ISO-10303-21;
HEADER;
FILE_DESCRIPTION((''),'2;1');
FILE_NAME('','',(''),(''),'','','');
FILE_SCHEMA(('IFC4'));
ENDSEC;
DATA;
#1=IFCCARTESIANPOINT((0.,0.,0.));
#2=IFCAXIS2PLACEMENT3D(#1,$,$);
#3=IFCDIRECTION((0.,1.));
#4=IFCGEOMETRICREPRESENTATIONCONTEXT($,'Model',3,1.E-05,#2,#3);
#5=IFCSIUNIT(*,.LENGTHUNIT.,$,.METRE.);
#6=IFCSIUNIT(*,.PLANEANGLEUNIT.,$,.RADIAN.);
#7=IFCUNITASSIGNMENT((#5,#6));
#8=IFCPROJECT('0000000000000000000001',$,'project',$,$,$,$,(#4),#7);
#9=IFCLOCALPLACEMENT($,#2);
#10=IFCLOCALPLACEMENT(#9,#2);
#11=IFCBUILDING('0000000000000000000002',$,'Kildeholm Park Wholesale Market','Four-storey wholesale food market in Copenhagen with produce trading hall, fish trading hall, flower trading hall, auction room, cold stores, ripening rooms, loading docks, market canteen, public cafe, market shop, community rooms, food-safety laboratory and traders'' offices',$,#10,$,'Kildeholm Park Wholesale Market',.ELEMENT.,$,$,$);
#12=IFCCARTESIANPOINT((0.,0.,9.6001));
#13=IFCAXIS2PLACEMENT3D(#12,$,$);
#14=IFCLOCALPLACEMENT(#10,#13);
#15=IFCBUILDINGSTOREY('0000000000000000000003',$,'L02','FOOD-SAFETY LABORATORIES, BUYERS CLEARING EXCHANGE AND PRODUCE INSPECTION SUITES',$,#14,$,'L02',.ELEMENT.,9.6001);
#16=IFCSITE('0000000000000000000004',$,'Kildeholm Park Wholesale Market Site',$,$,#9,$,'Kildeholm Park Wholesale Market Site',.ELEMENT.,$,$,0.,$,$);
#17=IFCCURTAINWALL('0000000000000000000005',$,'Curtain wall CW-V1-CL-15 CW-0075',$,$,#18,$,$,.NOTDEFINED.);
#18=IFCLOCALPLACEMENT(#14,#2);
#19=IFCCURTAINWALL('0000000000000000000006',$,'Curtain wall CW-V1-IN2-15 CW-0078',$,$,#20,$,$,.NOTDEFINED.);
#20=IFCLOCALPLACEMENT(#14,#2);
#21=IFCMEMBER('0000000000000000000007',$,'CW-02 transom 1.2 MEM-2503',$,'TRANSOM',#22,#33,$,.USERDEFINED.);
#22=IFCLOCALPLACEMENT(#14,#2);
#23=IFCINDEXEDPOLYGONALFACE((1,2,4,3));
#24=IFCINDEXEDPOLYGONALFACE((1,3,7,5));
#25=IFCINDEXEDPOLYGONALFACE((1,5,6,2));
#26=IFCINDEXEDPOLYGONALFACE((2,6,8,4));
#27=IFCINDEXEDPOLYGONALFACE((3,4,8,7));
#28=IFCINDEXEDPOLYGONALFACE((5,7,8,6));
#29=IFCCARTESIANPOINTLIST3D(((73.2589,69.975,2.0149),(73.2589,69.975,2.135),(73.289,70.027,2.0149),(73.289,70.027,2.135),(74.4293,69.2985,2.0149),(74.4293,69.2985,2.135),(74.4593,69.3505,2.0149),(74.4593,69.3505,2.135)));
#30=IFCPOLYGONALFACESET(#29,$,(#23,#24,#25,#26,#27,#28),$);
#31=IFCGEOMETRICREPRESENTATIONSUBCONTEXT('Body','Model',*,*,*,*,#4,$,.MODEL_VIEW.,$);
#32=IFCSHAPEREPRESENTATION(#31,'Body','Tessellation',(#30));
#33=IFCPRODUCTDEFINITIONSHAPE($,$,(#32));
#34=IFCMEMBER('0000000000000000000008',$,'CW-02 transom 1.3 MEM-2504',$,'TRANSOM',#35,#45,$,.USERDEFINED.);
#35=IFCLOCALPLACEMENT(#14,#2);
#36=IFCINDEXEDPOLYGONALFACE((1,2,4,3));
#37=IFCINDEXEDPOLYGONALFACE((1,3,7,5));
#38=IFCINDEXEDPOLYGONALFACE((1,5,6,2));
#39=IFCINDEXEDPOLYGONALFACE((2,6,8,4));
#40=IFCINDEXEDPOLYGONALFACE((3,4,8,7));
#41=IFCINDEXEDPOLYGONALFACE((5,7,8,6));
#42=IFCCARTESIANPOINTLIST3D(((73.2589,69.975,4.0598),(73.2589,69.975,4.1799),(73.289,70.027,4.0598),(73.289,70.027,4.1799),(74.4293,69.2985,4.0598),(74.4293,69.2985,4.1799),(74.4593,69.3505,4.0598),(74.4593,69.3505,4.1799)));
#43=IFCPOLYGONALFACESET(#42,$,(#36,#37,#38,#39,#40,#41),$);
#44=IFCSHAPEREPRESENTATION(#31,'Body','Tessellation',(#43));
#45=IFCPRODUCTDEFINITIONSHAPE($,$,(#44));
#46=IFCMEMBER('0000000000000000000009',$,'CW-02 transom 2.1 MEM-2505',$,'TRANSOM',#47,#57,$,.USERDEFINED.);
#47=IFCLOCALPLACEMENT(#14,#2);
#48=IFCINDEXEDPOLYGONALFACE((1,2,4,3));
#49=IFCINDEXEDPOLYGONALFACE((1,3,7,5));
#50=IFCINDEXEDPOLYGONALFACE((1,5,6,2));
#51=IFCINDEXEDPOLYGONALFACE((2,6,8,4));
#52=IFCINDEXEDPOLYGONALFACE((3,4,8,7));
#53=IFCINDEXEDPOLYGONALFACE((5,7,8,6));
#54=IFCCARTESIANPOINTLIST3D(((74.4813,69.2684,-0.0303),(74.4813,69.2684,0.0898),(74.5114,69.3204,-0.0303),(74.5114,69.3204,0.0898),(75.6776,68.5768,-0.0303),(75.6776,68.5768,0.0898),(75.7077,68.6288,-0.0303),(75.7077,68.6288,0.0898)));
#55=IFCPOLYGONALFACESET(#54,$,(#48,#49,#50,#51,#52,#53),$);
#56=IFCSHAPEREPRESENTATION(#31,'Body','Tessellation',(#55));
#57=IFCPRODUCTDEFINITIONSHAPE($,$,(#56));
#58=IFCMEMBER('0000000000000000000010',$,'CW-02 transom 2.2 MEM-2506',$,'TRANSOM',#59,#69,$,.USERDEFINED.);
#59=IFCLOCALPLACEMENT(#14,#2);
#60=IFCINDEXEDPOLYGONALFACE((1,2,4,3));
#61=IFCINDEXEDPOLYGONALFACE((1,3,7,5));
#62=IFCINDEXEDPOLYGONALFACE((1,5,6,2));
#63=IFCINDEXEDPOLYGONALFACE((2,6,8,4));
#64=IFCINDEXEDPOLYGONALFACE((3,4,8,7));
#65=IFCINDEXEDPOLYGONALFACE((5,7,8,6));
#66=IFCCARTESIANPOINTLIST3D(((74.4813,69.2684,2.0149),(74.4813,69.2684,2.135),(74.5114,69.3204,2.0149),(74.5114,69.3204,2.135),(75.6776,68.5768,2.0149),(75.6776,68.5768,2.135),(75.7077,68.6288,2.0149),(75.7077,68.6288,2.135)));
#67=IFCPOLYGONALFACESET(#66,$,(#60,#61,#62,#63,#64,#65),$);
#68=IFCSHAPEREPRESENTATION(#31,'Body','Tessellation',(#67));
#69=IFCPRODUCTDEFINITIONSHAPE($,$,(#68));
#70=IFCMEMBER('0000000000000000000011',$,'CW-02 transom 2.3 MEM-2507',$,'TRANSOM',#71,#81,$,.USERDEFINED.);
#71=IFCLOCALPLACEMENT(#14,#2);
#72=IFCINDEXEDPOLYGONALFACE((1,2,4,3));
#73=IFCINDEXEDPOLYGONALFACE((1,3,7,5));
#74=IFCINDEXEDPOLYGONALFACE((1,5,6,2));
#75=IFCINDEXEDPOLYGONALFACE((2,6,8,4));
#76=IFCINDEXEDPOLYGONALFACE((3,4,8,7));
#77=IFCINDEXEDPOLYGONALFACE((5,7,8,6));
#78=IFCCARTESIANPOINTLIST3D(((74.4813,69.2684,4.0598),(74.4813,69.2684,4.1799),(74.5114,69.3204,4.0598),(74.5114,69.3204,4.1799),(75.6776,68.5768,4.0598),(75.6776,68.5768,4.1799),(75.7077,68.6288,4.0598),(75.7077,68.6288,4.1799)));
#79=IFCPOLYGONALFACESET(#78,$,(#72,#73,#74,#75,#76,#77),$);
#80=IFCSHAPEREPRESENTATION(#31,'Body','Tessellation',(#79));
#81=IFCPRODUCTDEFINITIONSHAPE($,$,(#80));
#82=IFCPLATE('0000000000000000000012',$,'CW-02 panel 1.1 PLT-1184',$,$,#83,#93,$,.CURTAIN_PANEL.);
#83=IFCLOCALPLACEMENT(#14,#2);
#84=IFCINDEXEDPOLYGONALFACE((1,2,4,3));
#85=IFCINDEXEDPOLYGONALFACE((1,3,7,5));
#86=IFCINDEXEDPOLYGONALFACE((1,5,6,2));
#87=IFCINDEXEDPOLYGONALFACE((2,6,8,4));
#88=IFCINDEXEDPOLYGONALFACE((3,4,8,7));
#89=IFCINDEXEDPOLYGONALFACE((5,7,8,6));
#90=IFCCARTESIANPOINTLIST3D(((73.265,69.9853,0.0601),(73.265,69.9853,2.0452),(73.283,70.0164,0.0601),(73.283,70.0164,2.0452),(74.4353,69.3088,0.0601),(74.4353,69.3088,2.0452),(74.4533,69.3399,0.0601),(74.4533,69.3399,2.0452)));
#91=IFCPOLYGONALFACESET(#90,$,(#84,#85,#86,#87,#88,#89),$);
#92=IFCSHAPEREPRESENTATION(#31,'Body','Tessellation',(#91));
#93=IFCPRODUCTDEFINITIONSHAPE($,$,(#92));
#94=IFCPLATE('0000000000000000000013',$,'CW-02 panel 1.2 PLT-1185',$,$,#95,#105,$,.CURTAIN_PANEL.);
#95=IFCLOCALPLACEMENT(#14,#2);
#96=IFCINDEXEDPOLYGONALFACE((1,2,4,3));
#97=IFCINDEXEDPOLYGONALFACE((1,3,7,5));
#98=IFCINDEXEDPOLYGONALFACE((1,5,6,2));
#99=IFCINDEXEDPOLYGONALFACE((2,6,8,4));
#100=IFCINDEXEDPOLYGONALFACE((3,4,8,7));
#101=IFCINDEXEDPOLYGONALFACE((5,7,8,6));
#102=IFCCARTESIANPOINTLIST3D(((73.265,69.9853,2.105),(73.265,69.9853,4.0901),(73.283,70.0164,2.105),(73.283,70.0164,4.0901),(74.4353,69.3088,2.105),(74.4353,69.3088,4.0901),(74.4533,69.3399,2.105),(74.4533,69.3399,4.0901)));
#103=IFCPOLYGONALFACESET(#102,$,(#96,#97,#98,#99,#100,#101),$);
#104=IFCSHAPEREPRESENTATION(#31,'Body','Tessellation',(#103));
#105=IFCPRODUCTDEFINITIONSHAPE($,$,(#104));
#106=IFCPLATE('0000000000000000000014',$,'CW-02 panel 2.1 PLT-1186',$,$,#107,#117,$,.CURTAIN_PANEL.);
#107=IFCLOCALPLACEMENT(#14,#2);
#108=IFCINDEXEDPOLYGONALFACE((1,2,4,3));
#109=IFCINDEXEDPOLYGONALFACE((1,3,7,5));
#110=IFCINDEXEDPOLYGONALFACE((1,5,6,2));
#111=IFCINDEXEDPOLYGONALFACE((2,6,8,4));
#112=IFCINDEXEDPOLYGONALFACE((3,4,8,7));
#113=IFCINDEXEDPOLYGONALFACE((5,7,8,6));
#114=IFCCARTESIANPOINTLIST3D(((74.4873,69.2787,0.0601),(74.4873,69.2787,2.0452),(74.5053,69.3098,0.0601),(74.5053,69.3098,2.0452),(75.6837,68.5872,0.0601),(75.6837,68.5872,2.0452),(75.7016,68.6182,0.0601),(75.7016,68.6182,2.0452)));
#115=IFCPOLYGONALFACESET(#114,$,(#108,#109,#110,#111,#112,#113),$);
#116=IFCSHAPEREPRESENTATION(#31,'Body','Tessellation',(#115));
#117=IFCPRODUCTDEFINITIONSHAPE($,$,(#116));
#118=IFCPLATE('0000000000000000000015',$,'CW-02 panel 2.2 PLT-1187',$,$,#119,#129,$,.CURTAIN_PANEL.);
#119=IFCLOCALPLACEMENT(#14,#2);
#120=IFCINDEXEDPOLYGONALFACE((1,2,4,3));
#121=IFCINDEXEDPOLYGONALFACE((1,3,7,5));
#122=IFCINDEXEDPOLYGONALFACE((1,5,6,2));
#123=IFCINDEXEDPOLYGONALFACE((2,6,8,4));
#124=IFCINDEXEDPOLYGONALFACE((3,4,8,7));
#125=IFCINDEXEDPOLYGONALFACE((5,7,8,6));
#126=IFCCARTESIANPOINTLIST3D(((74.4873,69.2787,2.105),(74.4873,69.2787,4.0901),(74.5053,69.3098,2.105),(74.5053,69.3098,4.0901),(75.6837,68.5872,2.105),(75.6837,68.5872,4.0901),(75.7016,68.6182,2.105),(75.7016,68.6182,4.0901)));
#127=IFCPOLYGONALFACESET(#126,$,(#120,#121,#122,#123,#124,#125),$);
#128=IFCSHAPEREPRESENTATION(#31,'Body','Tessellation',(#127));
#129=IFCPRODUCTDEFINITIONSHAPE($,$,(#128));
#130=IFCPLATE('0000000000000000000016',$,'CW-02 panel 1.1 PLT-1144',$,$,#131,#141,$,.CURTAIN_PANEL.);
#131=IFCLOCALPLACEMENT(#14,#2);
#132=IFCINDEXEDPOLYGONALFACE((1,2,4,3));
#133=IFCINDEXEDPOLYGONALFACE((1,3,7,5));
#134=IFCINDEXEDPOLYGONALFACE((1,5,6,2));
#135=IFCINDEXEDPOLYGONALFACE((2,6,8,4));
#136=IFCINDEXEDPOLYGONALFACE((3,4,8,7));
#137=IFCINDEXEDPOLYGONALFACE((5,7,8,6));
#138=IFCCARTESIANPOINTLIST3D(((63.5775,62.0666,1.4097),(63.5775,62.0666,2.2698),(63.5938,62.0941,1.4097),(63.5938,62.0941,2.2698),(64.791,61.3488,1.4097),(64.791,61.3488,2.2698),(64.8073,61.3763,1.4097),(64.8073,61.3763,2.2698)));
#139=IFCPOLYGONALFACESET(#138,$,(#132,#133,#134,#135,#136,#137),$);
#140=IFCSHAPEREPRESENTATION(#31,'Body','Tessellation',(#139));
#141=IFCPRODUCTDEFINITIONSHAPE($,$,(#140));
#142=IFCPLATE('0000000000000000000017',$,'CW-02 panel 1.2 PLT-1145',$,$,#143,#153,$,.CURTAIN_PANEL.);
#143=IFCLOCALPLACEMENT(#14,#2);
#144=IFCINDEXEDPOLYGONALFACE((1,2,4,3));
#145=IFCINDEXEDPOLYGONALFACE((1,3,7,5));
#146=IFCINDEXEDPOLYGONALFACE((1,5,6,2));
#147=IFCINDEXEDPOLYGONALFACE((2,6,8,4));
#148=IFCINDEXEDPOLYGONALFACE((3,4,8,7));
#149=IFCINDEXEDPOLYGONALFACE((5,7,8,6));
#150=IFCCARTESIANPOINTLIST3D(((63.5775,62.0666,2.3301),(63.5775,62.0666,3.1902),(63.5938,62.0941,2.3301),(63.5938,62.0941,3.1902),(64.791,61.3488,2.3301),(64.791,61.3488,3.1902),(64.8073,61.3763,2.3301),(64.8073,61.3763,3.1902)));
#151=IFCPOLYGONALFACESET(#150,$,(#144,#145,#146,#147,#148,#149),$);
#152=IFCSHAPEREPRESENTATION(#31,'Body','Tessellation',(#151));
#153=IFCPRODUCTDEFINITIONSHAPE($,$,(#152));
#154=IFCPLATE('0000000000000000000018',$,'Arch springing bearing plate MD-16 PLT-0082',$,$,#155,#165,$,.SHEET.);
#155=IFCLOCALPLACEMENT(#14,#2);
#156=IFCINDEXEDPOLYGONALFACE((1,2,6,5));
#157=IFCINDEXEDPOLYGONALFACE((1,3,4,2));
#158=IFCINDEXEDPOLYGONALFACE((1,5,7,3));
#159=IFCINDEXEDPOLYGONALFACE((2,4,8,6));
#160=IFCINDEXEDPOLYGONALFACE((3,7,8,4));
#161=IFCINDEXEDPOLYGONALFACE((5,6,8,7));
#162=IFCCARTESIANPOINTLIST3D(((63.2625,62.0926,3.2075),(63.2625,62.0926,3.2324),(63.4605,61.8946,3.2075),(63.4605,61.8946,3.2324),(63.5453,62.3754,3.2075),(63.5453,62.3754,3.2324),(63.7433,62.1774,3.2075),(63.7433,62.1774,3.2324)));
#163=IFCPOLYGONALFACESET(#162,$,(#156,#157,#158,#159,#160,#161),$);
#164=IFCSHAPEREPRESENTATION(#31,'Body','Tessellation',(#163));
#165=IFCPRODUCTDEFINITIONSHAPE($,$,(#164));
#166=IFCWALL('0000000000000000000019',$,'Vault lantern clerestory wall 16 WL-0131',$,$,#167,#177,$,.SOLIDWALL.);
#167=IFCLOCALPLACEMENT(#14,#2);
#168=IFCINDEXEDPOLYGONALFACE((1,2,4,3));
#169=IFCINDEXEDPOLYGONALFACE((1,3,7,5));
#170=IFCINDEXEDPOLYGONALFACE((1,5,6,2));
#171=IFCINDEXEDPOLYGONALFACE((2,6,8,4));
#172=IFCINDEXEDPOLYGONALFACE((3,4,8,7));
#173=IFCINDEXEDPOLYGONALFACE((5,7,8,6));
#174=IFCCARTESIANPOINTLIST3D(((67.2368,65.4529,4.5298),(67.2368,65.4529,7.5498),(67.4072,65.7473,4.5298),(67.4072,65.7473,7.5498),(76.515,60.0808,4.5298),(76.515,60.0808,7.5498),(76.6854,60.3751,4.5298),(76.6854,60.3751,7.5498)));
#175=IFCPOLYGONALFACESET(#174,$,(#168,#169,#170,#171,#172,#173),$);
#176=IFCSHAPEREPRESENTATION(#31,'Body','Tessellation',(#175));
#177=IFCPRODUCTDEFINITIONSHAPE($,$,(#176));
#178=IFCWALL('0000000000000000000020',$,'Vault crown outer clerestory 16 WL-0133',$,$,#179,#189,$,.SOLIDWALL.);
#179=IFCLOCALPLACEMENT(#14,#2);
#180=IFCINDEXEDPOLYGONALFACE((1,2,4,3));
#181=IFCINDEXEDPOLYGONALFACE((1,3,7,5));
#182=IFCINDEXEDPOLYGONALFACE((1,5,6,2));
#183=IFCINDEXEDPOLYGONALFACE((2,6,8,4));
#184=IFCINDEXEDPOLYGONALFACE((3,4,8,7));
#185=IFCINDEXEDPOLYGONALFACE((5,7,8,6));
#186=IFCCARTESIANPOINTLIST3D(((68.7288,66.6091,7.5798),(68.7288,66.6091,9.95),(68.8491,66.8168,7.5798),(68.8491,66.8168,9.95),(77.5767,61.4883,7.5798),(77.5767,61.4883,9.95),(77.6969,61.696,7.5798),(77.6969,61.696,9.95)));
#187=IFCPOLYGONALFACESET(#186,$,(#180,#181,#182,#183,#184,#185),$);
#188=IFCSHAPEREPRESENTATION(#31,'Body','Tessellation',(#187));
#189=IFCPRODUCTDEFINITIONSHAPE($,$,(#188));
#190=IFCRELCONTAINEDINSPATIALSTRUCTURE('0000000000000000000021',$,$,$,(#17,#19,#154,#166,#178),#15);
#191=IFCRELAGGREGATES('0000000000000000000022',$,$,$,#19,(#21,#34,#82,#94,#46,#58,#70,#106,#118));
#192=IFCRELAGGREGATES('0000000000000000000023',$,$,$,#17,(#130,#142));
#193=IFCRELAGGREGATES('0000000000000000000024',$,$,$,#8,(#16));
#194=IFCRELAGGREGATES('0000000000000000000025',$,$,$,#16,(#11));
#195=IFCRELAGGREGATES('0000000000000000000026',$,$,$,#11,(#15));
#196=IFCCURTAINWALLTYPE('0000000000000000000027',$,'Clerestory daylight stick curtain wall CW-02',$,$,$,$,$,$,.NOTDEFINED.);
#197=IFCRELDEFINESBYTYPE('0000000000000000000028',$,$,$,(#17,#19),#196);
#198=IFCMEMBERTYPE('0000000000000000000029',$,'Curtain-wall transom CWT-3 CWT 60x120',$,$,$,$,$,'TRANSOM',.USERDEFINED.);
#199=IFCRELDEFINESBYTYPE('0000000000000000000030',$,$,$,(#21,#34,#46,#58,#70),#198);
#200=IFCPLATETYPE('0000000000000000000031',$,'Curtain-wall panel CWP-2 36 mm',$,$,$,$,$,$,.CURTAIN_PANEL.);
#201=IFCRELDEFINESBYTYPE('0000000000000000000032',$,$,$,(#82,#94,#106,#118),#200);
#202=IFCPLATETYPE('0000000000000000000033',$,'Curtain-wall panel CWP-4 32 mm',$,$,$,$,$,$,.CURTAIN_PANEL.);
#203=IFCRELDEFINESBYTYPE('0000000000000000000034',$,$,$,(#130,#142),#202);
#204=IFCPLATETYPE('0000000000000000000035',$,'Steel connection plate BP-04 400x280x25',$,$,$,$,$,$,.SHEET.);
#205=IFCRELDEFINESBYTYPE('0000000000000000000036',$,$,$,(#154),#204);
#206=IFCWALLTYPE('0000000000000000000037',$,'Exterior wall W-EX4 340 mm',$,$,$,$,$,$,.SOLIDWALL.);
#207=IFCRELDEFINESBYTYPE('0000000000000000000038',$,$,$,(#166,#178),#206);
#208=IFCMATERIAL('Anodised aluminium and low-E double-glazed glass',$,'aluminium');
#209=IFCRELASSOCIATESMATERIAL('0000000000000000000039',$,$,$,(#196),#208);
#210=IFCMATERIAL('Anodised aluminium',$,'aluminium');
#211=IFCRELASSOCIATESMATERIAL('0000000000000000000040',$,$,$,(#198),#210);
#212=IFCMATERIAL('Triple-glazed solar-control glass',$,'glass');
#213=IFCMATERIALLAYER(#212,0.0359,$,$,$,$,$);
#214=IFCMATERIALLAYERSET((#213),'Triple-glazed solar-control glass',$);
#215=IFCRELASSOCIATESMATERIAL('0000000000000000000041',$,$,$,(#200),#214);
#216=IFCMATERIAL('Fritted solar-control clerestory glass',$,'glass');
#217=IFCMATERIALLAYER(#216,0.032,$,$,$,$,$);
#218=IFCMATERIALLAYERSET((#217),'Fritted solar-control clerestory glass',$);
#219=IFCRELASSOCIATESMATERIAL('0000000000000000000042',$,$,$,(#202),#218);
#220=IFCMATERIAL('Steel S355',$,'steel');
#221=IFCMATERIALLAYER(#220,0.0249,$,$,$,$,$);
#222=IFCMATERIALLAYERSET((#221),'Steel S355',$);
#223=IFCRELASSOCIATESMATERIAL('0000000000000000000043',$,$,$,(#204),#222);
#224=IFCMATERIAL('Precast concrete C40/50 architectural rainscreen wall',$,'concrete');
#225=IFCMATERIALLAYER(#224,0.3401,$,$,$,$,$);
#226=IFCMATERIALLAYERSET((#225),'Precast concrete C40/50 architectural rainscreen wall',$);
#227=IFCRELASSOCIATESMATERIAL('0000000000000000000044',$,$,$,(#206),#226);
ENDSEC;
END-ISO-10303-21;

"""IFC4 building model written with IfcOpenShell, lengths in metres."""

from ifc_helpers import new_model, si_unit, direction, frame, frame_2d, origin, origin_2d, place, context, subcontext, project, spatial, rectangle, extrude, material, layer, layer_set, material_profile, profile_set, type_object, element, aggregate, save


model = new_model("IFC4")

# Units and contexts
model_context = context("Model", 3, precision=1e-05, world=origin(), true_north=direction((0.0, 1.0)))
body_context = subcontext(model_context, "Body", "Model", "MODEL_VIEW")
ifc_project = project(units=[si_unit("LENGTHUNIT", "METRE"), si_unit("PLANEANGLEUNIT", "RADIAN")], contexts=[model_context])

# Site, building, storey
site_placement = place(None, origin())
site = spatial("IfcSite", under=ifc_project, at=site_placement, Name="Kildeholm Park Wholesale Market Site", LongName="Kildeholm Park Wholesale Market Site", CompositionType="ELEMENT", RefElevation=0.0)
building_placement = place(site_placement, origin())
building = spatial("IfcBuilding", under=site, at=building_placement, Name="Kildeholm Park Wholesale Market", Description="Four-storey wholesale food market in Copenhagen with produce trading hall, fish trading hall, flower trading hall, auction room, cold stores, ripening rooms, loading docks, market canteen, public cafe, market shop, community rooms, food-safety laboratory and traders' offices", LongName="Kildeholm Park Wholesale Market", CompositionType="ELEMENT")
storey_placement = place(building_placement, frame((0.0, 0.0, 9.6001)))
storey = spatial("IfcBuildingStorey", under=building, at=storey_placement, Name="L02", Description="FOOD-SAFETY LABORATORIES, BUYERS CLEARING EXCHANGE AND PRODUCE INSPECTION SUITES", LongName="L02", CompositionType="ELEMENT", Elevation=9.6001)

# Shared definitions
ifc_material_1 = material(Name="Steel S355", Category="steel")

# Curtain walls
ifc_material_2 = material(Name="Anodised aluminium and low-E double-glazed glass", Category="aluminium")
curtain_wall_type = type_object("IfcCurtainWallType", Name="Clerestory daylight stick curtain wall CW-02", PredefinedType="NOTDEFINED", material=ifc_material_2)
curtain_wall_1_placement = place(storey_placement, origin())
curtain_wall_1 = element("IfcCurtainWall", 1, at=curtain_wall_1_placement, inside=storey, type_object=curtain_wall_type, Name="Curtain wall CW-V1-CL-15 CW-0075", PredefinedType="NOTDEFINED")
ifc_material_3 = material(Name="Anodised aluminium", Category="aluminium")
curtain_wall_2_placement = place(storey_placement, origin())
curtain_wall_2 = element("IfcCurtainWall", 2, at=curtain_wall_2_placement, inside=storey, type_object=curtain_wall_type, Name="Curtain wall CW-V1-IN2-15 CW-0078", PredefinedType="NOTDEFINED")

# Members
ifc_material_profile_1 = material_profile(ifc_material_3, rectangle(XDim=0.0601, YDim=0.1201, at=origin_2d()), Name="CWT 60x120")
ifc_profile_set_1 = profile_set([ifc_material_profile_1], Name="Anodised aluminium")
member_type_1 = type_object("IfcMemberType", Name="Curtain-wall transom CWT-3 CWT 60x120", ElementType="TRANSOM", PredefinedType="USERDEFINED", material=ifc_profile_set_1)
member_1_placement = place(storey_placement, frame((73.2739, 70.001, 2.075), z_axis=(0.865776, -0.500431, 0.0), x_axis=(0.500431, 0.865776, 0.0)))
member_1 = element("IfcMember", 3, at=member_1_placement, type_object=member_type_1, Name="CW-02 transom 1.2 MEM-2503", ObjectType="TRANSOM", PredefinedType="USERDEFINED", context=body_context, shape_type="SweptSolid", body=[
    extrude(rectangle(XDim=0.0601, YDim=0.1201, at=origin_2d()), origin(), (0.0, 0.0, 1.0), 1.3518),
])
member_2_placement = place(storey_placement, frame((73.2739, 70.001, 4.1199), z_axis=(0.865776, -0.500431, 0.0), x_axis=(0.500431, 0.865776, 0.0)))
member_2 = element("IfcMember", 4, at=member_2_placement, type_object=member_type_1, Name="CW-02 transom 1.3 MEM-2504", ObjectType="TRANSOM", PredefinedType="USERDEFINED", context=body_context, shape_type="SweptSolid", body=[
    extrude(rectangle(XDim=0.0601, YDim=0.1201, at=origin_2d()), origin(), (0.0, 0.0, 1.0), 1.3518),
])
member_3_placement = place(storey_placement, frame((74.4963, 69.2944, 0.0298), z_axis=(0.86572, -0.500528, 0.0), x_axis=(0.500528, 0.86572, 0.0)))
member_3 = element("IfcMember", 5, at=member_3_placement, type_object=member_type_1, Name="CW-02 transom 2.1 MEM-2505", ObjectType="TRANSOM", PredefinedType="USERDEFINED", context=body_context, shape_type="SweptSolid", body=[
    extrude(rectangle(XDim=0.0601, YDim=0.1201, at=origin_2d()), origin(), (0.0, 0.0, 1.0), 1.3818),
])
member_4_placement = place(storey_placement, frame((74.4963, 69.2944, 2.075), z_axis=(0.86572, -0.500528, 0.0), x_axis=(0.500528, 0.86572, 0.0)))
member_4 = element("IfcMember", 6, at=member_4_placement, type_object=member_type_1, Name="CW-02 transom 2.2 MEM-2506", ObjectType="TRANSOM", PredefinedType="USERDEFINED", context=body_context, shape_type="SweptSolid", body=[
    extrude(rectangle(XDim=0.0601, YDim=0.1201, at=origin_2d()), origin(), (0.0, 0.0, 1.0), 1.3818),
])
member_5_placement = place(storey_placement, frame((74.4963, 69.2944, 4.1199), z_axis=(0.86572, -0.500528, 0.0), x_axis=(0.500528, 0.86572, 0.0)))
member_5 = element("IfcMember", 7, at=member_5_placement, type_object=member_type_1, Name="CW-02 transom 2.3 MEM-2507", ObjectType="TRANSOM", PredefinedType="USERDEFINED", context=body_context, shape_type="SweptSolid", body=[
    extrude(rectangle(XDim=0.0601, YDim=0.1201, at=origin_2d()), origin(), (0.0, 0.0, 1.0), 1.3818),
])

# Plates
ifc_material_4 = material(Name="Triple-glazed solar-control glass", Category="glass")
ifc_layer_1 = layer(ifc_material_4, 0.0359)
ifc_layer_set_1 = layer_set([ifc_layer_1], Name="Triple-glazed solar-control glass")
plate_type_1 = type_object("IfcPlateType", Name="Curtain-wall panel CWP-2 36 mm", PredefinedType="CURTAIN_PANEL", material=ifc_layer_set_1)
plate_1_placement = place(storey_placement, frame((73.8591, 69.6626, 0.0601), z_axis=(0.0, 0.0, 1.0), x_axis=(0.865743, -0.500489, 0.0)))
plate_1 = element("IfcPlate", 8, at=plate_1_placement, type_object=plate_type_1, Name="CW-02 panel 1.1 PLT-1184", PredefinedType="CURTAIN_PANEL", context=body_context, shape_type="SweptSolid", body=[
    extrude(rectangle(XDim=1.3518, YDim=0.0359, at=origin_2d()), origin(), (0.0, 0.0, 1.0), 1.9851),
])
plate_2_placement = place(storey_placement, frame((73.8591, 69.6626, 2.105), z_axis=(0.0, 0.0, 1.0), x_axis=(0.865743, -0.500489, 0.0)))
plate_2 = element("IfcPlate", 9, at=plate_2_placement, type_object=plate_type_1, Name="CW-02 panel 1.2 PLT-1185", PredefinedType="CURTAIN_PANEL", context=body_context, shape_type="SweptSolid", body=[
    extrude(rectangle(XDim=1.3518, YDim=0.0359, at=origin_2d()), origin(), (0.0, 0.0, 1.0), 1.9851),
])
plate_3_placement = place(storey_placement, frame((75.0945, 68.9485, 0.0601), z_axis=(0.0, 0.0, 1.0), x_axis=(0.865743, -0.500489, 0.0)))
plate_3 = element("IfcPlate", 10, at=plate_3_placement, type_object=plate_type_1, Name="CW-02 panel 2.1 PLT-1186", PredefinedType="CURTAIN_PANEL", context=body_context, shape_type="SweptSolid", body=[
    extrude(rectangle(XDim=1.3818, YDim=0.0359, at=origin_2d()), origin(), (0.0, 0.0, 1.0), 1.9851),
])
plate_4_placement = place(storey_placement, frame((75.0945, 68.9485, 2.105), z_axis=(0.0, 0.0, 1.0), x_axis=(0.865743, -0.500489, 0.0)))
plate_4 = element("IfcPlate", 11, at=plate_4_placement, type_object=plate_type_1, Name="CW-02 panel 2.2 PLT-1187", PredefinedType="CURTAIN_PANEL", context=body_context, shape_type="SweptSolid", body=[
    extrude(rectangle(XDim=1.3818, YDim=0.0359, at=origin_2d()), origin(), (0.0, 0.0, 1.0), 1.9851),
])
aggregate(curtain_wall_2, [member_1, member_2, plate_1, plate_2, member_3, member_4, member_5, plate_3, plate_4])
ifc_material_5 = material(Name="Fritted solar-control clerestory glass", Category="glass")
ifc_layer_2 = layer(ifc_material_5, 0.032)
ifc_layer_set_2 = layer_set([ifc_layer_2], Name="Fritted solar-control clerestory glass")
plate_type_2 = type_object("IfcPlateType", Name="Curtain-wall panel CWP-4 32 mm", PredefinedType="CURTAIN_PANEL", material=ifc_layer_set_2)
plate_5_placement = place(storey_placement, frame((64.1924, 61.7214, 1.4097), z_axis=(0.0, 0.0, 1.0), x_axis=(0.860704, -0.509105, 0.0)))
plate_5 = element("IfcPlate", 12, at=plate_5_placement, type_object=plate_type_2, Name="CW-02 panel 1.1 PLT-1144", PredefinedType="CURTAIN_PANEL", context=body_context, shape_type="SweptSolid", body=[
    extrude(rectangle(XDim=1.4099, YDim=0.032, at=origin_2d()), origin(), (0.0, 0.0, 1.0), 0.8601),
])
plate_6_placement = place(storey_placement, frame((64.1924, 61.7214, 2.3301), z_axis=(0.0, 0.0, 1.0), x_axis=(0.860704, -0.509105, 0.0)))
plate_6 = element("IfcPlate", 13, at=plate_6_placement, type_object=plate_type_2, Name="CW-02 panel 1.2 PLT-1145", PredefinedType="CURTAIN_PANEL", context=body_context, shape_type="SweptSolid", body=[
    extrude(rectangle(XDim=1.4099, YDim=0.032, at=origin_2d()), origin(), (0.0, 0.0, 1.0), 0.8601),
])
aggregate(curtain_wall_1, [plate_5, plate_6])
ifc_layer_3 = layer(ifc_material_1, 0.0249)
ifc_layer_set_3 = layer_set([ifc_layer_3], Name="Steel S355")
plate_type_3 = type_object("IfcPlateType", Name="Steel connection plate BP-04 400x280x25", PredefinedType="SHEET", material=ifc_layer_set_3)
plate_7_placement = place(storey_placement, frame((63.5029, 62.135, 3.2075), z_axis=(0.0, 0.0, 1.0), x_axis=(-0.707107, -0.707107, 0.0)))
element("IfcPlate", 14, at=plate_7_placement, inside=storey, type_object=plate_type_3, Name="Arch springing bearing plate MD-16 PLT-0082", PredefinedType="SHEET", context=body_context, shape_type="SweptSolid", body=[
    extrude(rectangle(XDim=0.3999, YDim=0.28, at=origin_2d()), origin(), (0.0, 0.0, 1.0), 0.0249),
])

# Walls
ifc_material_6 = material(Name="Precast concrete C40/50 architectural rainscreen wall", Category="concrete")
ifc_layer_4 = layer(ifc_material_6, 0.3401)
ifc_layer_set_4 = layer_set([ifc_layer_4], Name="Precast concrete C40/50 architectural rainscreen wall")
wall_type_1 = type_object("IfcWallType", Name="Exterior wall W-EX4 340 mm", PredefinedType="SOLIDWALL", material=ifc_layer_set_4)
wall_1_placement = place(storey_placement, frame((67.322, 65.6001, 4.5298), z_axis=(0.0, 0.0, 1.0), x_axis=(0.865404, -0.501075, 0.0)))
element("IfcWall", 15, at=wall_1_placement, inside=storey, type_object=wall_type_1, Name="Vault lantern clerestory wall 16 WL-0131", PredefinedType="SOLIDWALL", context=body_context, shape_type="SweptSolid", body=[
    extrude(rectangle(XDim=10.7212, YDim=0.3401, at=frame_2d((5.3606, 0.0))), origin(), (0.0, 0.0, 1.0), 3.02),
])
wall_2_placement = place(storey_placement, frame((68.7891, 66.7129, 7.5798), z_axis=(0.0, 0.0, 1.0), x_axis=(0.865495, -0.500918, 0.0)))
element("IfcWall", 16, at=wall_2_placement, inside=storey, type_object=wall_type_1, Name="Vault crown outer clerestory 16 WL-0133", PredefinedType="SOLIDWALL", context=body_context, shape_type="SweptSolid", body=[
    extrude(rectangle(XDim=10.2229, YDim=0.24, at=frame_2d((5.1113, 0.0))), origin(), (0.0, 0.0, 1.0), 2.3701),
])

save(model, "model.ifc")
